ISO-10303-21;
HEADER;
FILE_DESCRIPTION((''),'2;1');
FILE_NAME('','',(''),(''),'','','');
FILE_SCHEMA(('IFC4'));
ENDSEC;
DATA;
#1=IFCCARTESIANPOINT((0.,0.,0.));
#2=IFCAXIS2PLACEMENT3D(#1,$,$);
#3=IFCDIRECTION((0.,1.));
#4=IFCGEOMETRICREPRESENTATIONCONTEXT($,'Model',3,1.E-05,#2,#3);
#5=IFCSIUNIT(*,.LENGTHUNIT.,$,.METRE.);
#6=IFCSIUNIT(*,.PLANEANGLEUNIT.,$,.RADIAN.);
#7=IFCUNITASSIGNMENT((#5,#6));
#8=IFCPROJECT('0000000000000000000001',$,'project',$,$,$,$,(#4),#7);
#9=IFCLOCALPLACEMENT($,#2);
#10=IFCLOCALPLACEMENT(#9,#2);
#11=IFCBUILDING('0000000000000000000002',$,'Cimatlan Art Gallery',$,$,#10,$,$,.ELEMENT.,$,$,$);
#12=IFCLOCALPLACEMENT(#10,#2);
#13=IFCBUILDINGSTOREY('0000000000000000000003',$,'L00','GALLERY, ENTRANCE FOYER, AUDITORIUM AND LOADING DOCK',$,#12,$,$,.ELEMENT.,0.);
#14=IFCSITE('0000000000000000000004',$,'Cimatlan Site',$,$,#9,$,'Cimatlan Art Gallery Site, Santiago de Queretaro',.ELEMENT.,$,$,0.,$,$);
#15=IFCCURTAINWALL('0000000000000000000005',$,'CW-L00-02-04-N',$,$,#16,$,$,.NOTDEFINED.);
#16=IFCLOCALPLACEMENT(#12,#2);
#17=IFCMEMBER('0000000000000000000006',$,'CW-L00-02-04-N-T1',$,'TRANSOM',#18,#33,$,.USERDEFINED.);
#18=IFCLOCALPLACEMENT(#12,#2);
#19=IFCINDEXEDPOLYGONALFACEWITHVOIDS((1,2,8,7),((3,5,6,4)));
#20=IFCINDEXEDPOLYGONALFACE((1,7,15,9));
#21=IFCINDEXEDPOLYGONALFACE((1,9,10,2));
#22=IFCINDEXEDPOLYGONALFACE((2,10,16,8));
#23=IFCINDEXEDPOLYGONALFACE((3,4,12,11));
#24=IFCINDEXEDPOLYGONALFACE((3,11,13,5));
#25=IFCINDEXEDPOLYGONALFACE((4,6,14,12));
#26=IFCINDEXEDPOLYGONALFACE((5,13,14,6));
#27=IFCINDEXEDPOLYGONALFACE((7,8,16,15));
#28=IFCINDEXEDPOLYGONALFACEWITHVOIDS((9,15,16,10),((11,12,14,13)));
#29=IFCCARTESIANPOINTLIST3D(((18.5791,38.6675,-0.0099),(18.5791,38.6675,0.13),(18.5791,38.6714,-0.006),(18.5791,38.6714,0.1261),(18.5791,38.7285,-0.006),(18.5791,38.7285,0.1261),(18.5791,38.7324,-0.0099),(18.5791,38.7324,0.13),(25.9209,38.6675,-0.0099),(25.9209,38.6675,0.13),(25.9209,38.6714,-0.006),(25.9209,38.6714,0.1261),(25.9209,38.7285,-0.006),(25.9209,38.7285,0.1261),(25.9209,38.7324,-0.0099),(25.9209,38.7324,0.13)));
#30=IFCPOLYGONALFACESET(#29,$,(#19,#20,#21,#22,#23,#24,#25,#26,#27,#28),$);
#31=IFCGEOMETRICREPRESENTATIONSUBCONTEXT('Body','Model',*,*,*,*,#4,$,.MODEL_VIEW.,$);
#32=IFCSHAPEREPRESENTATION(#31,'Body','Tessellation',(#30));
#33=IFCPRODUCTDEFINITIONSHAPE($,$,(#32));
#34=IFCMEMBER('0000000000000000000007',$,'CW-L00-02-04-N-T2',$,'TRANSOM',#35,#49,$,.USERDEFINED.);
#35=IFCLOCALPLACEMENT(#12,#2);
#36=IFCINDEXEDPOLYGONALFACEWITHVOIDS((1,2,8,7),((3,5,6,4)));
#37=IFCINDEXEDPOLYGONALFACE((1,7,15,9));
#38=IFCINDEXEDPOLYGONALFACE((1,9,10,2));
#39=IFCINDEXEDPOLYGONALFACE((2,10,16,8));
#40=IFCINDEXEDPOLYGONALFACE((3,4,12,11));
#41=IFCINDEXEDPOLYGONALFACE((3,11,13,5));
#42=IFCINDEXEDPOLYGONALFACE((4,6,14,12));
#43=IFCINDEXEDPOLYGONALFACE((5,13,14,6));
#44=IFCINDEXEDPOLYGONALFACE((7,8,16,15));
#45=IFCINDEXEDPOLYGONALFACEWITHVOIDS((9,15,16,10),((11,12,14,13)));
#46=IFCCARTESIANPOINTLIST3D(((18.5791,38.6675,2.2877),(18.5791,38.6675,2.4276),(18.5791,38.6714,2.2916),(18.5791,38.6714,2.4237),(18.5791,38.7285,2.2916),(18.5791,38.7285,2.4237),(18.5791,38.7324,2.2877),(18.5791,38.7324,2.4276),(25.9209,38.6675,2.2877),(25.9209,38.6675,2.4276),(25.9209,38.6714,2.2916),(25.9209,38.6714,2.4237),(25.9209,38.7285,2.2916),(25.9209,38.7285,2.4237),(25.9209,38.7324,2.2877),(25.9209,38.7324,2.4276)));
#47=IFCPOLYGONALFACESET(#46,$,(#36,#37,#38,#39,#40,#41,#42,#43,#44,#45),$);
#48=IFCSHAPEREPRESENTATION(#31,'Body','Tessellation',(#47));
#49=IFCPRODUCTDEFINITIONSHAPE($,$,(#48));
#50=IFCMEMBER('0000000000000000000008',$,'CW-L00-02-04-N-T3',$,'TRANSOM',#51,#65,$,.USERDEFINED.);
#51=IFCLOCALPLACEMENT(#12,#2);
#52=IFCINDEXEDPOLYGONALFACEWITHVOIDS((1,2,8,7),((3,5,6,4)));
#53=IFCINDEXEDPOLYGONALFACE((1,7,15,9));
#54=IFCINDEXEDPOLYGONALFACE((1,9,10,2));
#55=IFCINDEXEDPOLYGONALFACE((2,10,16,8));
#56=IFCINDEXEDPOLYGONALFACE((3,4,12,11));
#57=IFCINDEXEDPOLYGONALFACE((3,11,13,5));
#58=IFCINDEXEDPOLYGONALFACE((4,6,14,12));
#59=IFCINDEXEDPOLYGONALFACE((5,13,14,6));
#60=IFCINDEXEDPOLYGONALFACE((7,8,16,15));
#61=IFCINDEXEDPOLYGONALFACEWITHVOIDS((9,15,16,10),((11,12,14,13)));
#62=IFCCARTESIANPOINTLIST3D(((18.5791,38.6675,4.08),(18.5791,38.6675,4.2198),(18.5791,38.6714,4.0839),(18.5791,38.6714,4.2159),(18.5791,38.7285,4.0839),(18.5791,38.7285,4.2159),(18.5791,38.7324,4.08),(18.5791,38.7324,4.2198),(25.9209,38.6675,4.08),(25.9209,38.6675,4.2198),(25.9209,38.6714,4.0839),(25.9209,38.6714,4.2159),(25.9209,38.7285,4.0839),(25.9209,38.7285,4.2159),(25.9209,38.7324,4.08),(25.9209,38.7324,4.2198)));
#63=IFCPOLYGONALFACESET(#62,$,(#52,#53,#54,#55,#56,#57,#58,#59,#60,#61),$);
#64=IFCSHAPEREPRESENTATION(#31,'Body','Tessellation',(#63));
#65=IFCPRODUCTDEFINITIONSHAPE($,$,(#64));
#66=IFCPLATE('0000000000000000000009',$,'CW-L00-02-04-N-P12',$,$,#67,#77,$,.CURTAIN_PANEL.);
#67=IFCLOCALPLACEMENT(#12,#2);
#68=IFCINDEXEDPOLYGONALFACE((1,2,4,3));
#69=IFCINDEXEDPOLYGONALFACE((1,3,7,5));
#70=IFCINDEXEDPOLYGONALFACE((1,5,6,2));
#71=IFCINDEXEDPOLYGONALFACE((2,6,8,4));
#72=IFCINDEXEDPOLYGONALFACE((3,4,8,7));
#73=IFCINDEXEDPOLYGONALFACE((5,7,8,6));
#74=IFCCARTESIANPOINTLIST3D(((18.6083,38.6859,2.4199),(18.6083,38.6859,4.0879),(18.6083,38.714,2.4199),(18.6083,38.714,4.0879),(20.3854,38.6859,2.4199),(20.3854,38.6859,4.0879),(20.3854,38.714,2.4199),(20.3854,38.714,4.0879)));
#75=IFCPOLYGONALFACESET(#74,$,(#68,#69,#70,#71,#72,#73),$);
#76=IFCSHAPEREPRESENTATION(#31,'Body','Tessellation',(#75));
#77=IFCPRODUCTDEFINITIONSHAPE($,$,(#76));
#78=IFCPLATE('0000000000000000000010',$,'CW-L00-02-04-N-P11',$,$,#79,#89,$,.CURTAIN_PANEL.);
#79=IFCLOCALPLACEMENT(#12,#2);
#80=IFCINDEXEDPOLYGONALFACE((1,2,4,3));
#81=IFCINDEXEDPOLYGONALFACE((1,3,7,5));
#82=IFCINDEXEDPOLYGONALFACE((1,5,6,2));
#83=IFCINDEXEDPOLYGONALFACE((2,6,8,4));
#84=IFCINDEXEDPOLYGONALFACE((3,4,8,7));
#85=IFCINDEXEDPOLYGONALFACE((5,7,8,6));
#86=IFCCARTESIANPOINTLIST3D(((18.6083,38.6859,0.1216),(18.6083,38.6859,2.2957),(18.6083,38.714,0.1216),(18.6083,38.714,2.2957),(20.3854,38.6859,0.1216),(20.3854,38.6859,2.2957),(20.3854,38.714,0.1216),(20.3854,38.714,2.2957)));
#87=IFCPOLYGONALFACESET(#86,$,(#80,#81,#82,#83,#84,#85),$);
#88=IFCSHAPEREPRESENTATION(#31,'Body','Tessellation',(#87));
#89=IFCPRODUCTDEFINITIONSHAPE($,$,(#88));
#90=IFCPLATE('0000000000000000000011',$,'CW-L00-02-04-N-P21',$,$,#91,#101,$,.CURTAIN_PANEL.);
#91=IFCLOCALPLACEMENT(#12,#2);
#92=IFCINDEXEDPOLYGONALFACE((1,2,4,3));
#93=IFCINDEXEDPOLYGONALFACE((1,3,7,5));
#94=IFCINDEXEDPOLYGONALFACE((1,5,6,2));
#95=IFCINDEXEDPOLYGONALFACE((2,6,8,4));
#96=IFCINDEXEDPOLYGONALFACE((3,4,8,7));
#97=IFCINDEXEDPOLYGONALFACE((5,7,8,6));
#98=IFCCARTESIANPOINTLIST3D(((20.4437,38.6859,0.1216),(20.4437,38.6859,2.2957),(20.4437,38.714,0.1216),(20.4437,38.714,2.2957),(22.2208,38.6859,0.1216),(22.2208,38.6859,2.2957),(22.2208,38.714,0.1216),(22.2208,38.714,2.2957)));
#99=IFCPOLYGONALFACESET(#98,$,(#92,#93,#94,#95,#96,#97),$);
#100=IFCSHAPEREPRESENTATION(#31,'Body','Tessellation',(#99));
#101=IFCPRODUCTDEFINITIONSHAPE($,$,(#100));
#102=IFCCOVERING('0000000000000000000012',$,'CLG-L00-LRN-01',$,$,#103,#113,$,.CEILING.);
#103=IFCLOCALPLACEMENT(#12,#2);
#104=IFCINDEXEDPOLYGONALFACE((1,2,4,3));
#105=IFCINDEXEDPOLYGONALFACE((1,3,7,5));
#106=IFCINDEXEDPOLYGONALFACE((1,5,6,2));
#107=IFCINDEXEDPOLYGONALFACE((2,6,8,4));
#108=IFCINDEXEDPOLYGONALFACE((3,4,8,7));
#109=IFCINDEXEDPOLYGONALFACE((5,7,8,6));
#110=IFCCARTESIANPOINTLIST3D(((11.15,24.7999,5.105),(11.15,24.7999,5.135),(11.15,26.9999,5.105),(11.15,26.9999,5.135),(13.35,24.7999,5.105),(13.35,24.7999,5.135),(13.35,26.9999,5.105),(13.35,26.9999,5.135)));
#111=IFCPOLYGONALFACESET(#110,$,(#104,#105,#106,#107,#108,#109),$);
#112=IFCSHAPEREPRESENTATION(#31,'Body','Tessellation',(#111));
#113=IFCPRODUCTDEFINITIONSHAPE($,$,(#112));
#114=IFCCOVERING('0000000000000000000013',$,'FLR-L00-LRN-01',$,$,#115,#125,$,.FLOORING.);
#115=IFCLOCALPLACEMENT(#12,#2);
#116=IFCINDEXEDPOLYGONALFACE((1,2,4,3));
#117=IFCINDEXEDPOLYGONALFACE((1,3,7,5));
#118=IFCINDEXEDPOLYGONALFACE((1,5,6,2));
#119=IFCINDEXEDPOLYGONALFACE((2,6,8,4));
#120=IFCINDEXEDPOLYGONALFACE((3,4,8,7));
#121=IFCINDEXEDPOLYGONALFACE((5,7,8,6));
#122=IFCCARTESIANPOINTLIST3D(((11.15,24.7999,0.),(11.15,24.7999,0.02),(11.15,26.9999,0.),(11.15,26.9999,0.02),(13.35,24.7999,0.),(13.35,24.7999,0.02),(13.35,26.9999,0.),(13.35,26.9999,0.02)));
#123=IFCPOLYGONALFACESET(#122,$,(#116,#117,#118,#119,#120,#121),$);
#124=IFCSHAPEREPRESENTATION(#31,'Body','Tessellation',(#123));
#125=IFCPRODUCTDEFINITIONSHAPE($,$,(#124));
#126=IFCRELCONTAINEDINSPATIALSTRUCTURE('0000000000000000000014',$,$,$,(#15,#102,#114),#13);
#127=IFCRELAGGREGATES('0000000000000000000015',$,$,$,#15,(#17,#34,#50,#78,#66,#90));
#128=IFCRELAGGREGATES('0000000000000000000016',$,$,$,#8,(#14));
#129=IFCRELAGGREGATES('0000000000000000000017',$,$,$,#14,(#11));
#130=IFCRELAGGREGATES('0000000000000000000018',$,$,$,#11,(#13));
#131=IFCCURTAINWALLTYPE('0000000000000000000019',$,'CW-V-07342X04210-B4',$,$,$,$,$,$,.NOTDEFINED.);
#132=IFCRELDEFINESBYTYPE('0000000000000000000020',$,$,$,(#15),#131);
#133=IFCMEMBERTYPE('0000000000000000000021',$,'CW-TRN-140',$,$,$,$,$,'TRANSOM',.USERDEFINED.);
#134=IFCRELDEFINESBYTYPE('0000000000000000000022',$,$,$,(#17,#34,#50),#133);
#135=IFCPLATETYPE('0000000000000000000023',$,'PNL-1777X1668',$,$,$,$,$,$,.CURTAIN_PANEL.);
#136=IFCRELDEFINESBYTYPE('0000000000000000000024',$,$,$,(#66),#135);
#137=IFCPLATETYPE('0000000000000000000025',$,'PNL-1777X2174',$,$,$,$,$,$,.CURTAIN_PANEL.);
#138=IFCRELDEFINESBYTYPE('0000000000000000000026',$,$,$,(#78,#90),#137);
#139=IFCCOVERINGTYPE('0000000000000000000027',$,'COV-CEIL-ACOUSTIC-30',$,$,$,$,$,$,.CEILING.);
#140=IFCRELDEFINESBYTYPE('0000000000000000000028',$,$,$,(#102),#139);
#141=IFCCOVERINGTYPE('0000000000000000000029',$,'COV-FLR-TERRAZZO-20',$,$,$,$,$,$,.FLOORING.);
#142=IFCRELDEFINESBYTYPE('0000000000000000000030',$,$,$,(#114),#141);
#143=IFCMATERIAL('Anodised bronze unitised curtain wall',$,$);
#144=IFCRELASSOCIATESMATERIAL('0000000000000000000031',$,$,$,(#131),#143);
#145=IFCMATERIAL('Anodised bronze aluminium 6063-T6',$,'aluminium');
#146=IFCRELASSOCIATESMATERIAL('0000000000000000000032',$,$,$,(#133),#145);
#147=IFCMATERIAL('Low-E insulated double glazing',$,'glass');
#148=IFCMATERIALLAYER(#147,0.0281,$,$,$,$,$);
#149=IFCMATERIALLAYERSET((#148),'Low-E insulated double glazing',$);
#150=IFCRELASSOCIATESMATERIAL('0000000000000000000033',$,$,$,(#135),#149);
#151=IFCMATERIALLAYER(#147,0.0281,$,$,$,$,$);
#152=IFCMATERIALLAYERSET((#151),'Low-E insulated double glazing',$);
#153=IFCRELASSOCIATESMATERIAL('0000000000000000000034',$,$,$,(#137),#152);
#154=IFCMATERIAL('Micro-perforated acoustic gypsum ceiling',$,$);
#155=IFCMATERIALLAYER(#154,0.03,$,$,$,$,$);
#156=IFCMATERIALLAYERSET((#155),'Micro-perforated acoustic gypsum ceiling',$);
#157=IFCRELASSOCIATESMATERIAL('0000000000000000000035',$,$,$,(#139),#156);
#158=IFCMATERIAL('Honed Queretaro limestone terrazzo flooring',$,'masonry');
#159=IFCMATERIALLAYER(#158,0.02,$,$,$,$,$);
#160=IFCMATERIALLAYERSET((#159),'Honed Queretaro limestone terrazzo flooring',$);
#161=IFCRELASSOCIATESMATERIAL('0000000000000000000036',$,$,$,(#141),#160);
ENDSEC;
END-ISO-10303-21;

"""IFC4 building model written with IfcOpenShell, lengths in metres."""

from ifc_helpers import new_model, si_unit, direction, frame, origin, origin_2d, place, context, subcontext, project, spatial, rectangle, hollow_rectangle, extrude, material, layer, layer_set, material_profile, profile_set, type_object, element, aggregate, save


model = new_model("IFC4")

# Units and contexts
model_context = context("Model", 3, precision=1e-05, world=origin(), true_north=direction((0.0, 1.0)))
body_context = subcontext(model_context, "Body", "Model", "MODEL_VIEW")
ifc_project = project(units=[si_unit("LENGTHUNIT", "METRE"), si_unit("PLANEANGLEUNIT", "RADIAN")], contexts=[model_context])

# Site, building, storey
site_placement = place(None, origin())
site = spatial("IfcSite", under=ifc_project, at=site_placement, Name="Cimatlan Site", LongName="Cimatlan Art Gallery Site, Santiago de Queretaro", CompositionType="ELEMENT", RefElevation=0.0)
building_placement = place(site_placement, origin())
building = spatial("IfcBuilding", under=site, at=building_placement, Name="Cimatlan Art Gallery", CompositionType="ELEMENT")
storey_placement = place(building_placement, origin())
storey = spatial("IfcBuildingStorey", under=building, at=storey_placement, Name="L00", Description="GALLERY, ENTRANCE FOYER, AUDITORIUM AND LOADING DOCK", CompositionType="ELEMENT", Elevation=0.0)

# Curtain wall, members, plates
ifc_material_1 = material(Name="Anodised bronze unitised curtain wall")
curtain_wall_type = type_object("IfcCurtainWallType", Name="CW-V-07342X04210-B4", PredefinedType="NOTDEFINED", material=ifc_material_1)
curtain_wall_placement = place(storey_placement, origin())
curtain_wall = element("IfcCurtainWall", 1, at=curtain_wall_placement, inside=storey, type_object=curtain_wall_type, Name="CW-L00-02-04-N", PredefinedType="NOTDEFINED")
ifc_material_2 = material(Name="Anodised bronze aluminium 6063-T6", Category="aluminium")
ifc_material_profile_1 = material_profile(ifc_material_2, hollow_rectangle(XDim=0.0649, YDim=0.1399, WallThickness=0.0039, at=origin_2d()), Name="ALU65X140X4")
ifc_profile_set_1 = profile_set([ifc_material_profile_1], Name="Anodised bronze aluminium 6063-T6")
member_type_1 = type_object("IfcMemberType", Name="CW-TRN-140", ElementType="TRANSOM", PredefinedType="USERDEFINED", material=ifc_profile_set_1)
member_1_placement = place(storey_placement, frame((18.5791, 38.7, 0.0601), z_axis=(1.0, 0.0, 0.0), x_axis=(0.0, 1.0, 0.0)))
member_1 = element("IfcMember", 2, at=member_1_placement, type_object=member_type_1, Name="CW-L00-02-04-N-T1", ObjectType="TRANSOM", PredefinedType="USERDEFINED", context=body_context, shape_type="SweptSolid", body=[
    extrude(hollow_rectangle(XDim=0.0649, YDim=0.1399, WallThickness=0.0039, at=origin_2d()), origin(), (0.0, 0.0, 1.0), 7.3418),
])
member_2_placement = place(storey_placement, frame((18.5791, 38.7, 2.3577), z_axis=(1.0, 0.0, 0.0), x_axis=(0.0, 1.0, 0.0)))
member_2 = element("IfcMember", 3, at=member_2_placement, type_object=member_type_1, Name="CW-L00-02-04-N-T2", ObjectType="TRANSOM", PredefinedType="USERDEFINED", context=body_context, shape_type="SweptSolid", body=[
    extrude(hollow_rectangle(XDim=0.0649, YDim=0.1399, WallThickness=0.0039, at=origin_2d()), origin(), (0.0, 0.0, 1.0), 7.3418),
])
member_3_placement = place(storey_placement, frame((18.5791, 38.7, 4.1499), z_axis=(1.0, 0.0, 0.0), x_axis=(0.0, 1.0, 0.0)))
member_3 = element("IfcMember", 4, at=member_3_placement, type_object=member_type_1, Name="CW-L00-02-04-N-T3", ObjectType="TRANSOM", PredefinedType="USERDEFINED", context=body_context, shape_type="SweptSolid", body=[
    extrude(hollow_rectangle(XDim=0.0649, YDim=0.1399, WallThickness=0.0039, at=origin_2d()), origin(), (0.0, 0.0, 1.0), 7.3418),
])
ifc_material_3 = material(Name="Low-E insulated double glazing", Category="glass")
ifc_layer_1 = layer(ifc_material_3, 0.0281)
ifc_layer_set_1 = layer_set([ifc_layer_1], Name="Low-E insulated double glazing")
plate_type_1 = type_object("IfcPlateType", Name="PNL-1777X1668", PredefinedType="CURTAIN_PANEL", material=ifc_layer_set_1)
plate_1_placement = place(storey_placement, frame((19.4968, 38.7, 2.4199), z_axis=(0.0, 0.0, 1.0), x_axis=(1.0, 0.0, 0.0)))
plate_1 = element("IfcPlate", 5, at=plate_1_placement, type_object=plate_type_1, Name="CW-L00-02-04-N-P12", PredefinedType="CURTAIN_PANEL", context=body_context, shape_type="SweptSolid", body=[
    extrude(rectangle(XDim=1.7771, YDim=0.0281, at=origin_2d()), origin(), (0.0, 0.0, 1.0), 1.668),
])
ifc_layer_2 = layer(ifc_material_3, 0.0281)
ifc_layer_set_2 = layer_set([ifc_layer_2], Name="Low-E insulated double glazing")
plate_type_2 = type_object("IfcPlateType", Name="PNL-1777X2174", PredefinedType="CURTAIN_PANEL", material=ifc_layer_set_2)
plate_2_placement = place(storey_placement, frame((19.4968, 38.7, 0.1216), z_axis=(0.0, 0.0, 1.0), x_axis=(1.0, 0.0, 0.0)))
plate_2 = element("IfcPlate", 6, at=plate_2_placement, type_object=plate_type_2, Name="CW-L00-02-04-N-P11", PredefinedType="CURTAIN_PANEL", context=body_context, shape_type="SweptSolid", body=[
    extrude(rectangle(XDim=1.7771, YDim=0.0281, at=origin_2d()), origin(), (0.0, 0.0, 1.0), 2.1741),
])
plate_3_placement = place(storey_placement, frame((21.3323, 38.7, 0.1216), z_axis=(0.0, 0.0, 1.0), x_axis=(1.0, 0.0, 0.0)))
plate_3 = element("IfcPlate", 7, at=plate_3_placement, type_object=plate_type_2, Name="CW-L00-02-04-N-P21", PredefinedType="CURTAIN_PANEL", context=body_context, shape_type="SweptSolid", body=[
    extrude(rectangle(XDim=1.7771, YDim=0.0281, at=origin_2d()), origin(), (0.0, 0.0, 1.0), 2.1741),
])
aggregate(curtain_wall, [member_1, member_2, member_3, plate_2, plate_1, plate_3])

# Coverings
ifc_material_4 = material(Name="Micro-perforated acoustic gypsum ceiling")
ifc_layer_3 = layer(ifc_material_4, 0.03)
ifc_layer_set_3 = layer_set([ifc_layer_3], Name="Micro-perforated acoustic gypsum ceiling")
covering_type_1 = type_object("IfcCoveringType", Name="COV-CEIL-ACOUSTIC-30", PredefinedType="CEILING", material=ifc_layer_set_3)
covering_1_placement = place(storey_placement, frame((12.25, 25.8999, 5.105), z_axis=(0.0, 0.0, 1.0), x_axis=(1.0, 0.0, 0.0)))
element("IfcCovering", 8, at=covering_1_placement, inside=storey, type_object=covering_type_1, Name="CLG-L00-LRN-01", PredefinedType="CEILING", context=body_context, shape_type="SweptSolid", body=[
    extrude(rectangle(XDim=2.2, YDim=2.2, at=origin_2d()), origin(), (0.0, 0.0, 1.0), 0.03),
])
ifc_material_5 = material(Name="Honed Queretaro limestone terrazzo flooring", Category="masonry")
ifc_layer_4 = layer(ifc_material_5, 0.02)
ifc_layer_set_4 = layer_set([ifc_layer_4], Name="Honed Queretaro limestone terrazzo flooring")
covering_type_2 = type_object("IfcCoveringType", Name="COV-FLR-TERRAZZO-20", PredefinedType="FLOORING", material=ifc_layer_set_4)
covering_2_placement = place(storey_placement, frame((12.25, 25.8999, 0.0), z_axis=(0.0, 0.0, 1.0), x_axis=(1.0, 0.0, 0.0)))
element("IfcCovering", 9, at=covering_2_placement, inside=storey, type_object=covering_type_2, Name="FLR-L00-LRN-01", PredefinedType="FLOORING", context=body_context, shape_type="SweptSolid", body=[
    extrude(rectangle(XDim=2.2, YDim=2.2, at=origin_2d()), origin(), (0.0, 0.0, 1.0), 0.02),
])

save(model, "model.ifc")
